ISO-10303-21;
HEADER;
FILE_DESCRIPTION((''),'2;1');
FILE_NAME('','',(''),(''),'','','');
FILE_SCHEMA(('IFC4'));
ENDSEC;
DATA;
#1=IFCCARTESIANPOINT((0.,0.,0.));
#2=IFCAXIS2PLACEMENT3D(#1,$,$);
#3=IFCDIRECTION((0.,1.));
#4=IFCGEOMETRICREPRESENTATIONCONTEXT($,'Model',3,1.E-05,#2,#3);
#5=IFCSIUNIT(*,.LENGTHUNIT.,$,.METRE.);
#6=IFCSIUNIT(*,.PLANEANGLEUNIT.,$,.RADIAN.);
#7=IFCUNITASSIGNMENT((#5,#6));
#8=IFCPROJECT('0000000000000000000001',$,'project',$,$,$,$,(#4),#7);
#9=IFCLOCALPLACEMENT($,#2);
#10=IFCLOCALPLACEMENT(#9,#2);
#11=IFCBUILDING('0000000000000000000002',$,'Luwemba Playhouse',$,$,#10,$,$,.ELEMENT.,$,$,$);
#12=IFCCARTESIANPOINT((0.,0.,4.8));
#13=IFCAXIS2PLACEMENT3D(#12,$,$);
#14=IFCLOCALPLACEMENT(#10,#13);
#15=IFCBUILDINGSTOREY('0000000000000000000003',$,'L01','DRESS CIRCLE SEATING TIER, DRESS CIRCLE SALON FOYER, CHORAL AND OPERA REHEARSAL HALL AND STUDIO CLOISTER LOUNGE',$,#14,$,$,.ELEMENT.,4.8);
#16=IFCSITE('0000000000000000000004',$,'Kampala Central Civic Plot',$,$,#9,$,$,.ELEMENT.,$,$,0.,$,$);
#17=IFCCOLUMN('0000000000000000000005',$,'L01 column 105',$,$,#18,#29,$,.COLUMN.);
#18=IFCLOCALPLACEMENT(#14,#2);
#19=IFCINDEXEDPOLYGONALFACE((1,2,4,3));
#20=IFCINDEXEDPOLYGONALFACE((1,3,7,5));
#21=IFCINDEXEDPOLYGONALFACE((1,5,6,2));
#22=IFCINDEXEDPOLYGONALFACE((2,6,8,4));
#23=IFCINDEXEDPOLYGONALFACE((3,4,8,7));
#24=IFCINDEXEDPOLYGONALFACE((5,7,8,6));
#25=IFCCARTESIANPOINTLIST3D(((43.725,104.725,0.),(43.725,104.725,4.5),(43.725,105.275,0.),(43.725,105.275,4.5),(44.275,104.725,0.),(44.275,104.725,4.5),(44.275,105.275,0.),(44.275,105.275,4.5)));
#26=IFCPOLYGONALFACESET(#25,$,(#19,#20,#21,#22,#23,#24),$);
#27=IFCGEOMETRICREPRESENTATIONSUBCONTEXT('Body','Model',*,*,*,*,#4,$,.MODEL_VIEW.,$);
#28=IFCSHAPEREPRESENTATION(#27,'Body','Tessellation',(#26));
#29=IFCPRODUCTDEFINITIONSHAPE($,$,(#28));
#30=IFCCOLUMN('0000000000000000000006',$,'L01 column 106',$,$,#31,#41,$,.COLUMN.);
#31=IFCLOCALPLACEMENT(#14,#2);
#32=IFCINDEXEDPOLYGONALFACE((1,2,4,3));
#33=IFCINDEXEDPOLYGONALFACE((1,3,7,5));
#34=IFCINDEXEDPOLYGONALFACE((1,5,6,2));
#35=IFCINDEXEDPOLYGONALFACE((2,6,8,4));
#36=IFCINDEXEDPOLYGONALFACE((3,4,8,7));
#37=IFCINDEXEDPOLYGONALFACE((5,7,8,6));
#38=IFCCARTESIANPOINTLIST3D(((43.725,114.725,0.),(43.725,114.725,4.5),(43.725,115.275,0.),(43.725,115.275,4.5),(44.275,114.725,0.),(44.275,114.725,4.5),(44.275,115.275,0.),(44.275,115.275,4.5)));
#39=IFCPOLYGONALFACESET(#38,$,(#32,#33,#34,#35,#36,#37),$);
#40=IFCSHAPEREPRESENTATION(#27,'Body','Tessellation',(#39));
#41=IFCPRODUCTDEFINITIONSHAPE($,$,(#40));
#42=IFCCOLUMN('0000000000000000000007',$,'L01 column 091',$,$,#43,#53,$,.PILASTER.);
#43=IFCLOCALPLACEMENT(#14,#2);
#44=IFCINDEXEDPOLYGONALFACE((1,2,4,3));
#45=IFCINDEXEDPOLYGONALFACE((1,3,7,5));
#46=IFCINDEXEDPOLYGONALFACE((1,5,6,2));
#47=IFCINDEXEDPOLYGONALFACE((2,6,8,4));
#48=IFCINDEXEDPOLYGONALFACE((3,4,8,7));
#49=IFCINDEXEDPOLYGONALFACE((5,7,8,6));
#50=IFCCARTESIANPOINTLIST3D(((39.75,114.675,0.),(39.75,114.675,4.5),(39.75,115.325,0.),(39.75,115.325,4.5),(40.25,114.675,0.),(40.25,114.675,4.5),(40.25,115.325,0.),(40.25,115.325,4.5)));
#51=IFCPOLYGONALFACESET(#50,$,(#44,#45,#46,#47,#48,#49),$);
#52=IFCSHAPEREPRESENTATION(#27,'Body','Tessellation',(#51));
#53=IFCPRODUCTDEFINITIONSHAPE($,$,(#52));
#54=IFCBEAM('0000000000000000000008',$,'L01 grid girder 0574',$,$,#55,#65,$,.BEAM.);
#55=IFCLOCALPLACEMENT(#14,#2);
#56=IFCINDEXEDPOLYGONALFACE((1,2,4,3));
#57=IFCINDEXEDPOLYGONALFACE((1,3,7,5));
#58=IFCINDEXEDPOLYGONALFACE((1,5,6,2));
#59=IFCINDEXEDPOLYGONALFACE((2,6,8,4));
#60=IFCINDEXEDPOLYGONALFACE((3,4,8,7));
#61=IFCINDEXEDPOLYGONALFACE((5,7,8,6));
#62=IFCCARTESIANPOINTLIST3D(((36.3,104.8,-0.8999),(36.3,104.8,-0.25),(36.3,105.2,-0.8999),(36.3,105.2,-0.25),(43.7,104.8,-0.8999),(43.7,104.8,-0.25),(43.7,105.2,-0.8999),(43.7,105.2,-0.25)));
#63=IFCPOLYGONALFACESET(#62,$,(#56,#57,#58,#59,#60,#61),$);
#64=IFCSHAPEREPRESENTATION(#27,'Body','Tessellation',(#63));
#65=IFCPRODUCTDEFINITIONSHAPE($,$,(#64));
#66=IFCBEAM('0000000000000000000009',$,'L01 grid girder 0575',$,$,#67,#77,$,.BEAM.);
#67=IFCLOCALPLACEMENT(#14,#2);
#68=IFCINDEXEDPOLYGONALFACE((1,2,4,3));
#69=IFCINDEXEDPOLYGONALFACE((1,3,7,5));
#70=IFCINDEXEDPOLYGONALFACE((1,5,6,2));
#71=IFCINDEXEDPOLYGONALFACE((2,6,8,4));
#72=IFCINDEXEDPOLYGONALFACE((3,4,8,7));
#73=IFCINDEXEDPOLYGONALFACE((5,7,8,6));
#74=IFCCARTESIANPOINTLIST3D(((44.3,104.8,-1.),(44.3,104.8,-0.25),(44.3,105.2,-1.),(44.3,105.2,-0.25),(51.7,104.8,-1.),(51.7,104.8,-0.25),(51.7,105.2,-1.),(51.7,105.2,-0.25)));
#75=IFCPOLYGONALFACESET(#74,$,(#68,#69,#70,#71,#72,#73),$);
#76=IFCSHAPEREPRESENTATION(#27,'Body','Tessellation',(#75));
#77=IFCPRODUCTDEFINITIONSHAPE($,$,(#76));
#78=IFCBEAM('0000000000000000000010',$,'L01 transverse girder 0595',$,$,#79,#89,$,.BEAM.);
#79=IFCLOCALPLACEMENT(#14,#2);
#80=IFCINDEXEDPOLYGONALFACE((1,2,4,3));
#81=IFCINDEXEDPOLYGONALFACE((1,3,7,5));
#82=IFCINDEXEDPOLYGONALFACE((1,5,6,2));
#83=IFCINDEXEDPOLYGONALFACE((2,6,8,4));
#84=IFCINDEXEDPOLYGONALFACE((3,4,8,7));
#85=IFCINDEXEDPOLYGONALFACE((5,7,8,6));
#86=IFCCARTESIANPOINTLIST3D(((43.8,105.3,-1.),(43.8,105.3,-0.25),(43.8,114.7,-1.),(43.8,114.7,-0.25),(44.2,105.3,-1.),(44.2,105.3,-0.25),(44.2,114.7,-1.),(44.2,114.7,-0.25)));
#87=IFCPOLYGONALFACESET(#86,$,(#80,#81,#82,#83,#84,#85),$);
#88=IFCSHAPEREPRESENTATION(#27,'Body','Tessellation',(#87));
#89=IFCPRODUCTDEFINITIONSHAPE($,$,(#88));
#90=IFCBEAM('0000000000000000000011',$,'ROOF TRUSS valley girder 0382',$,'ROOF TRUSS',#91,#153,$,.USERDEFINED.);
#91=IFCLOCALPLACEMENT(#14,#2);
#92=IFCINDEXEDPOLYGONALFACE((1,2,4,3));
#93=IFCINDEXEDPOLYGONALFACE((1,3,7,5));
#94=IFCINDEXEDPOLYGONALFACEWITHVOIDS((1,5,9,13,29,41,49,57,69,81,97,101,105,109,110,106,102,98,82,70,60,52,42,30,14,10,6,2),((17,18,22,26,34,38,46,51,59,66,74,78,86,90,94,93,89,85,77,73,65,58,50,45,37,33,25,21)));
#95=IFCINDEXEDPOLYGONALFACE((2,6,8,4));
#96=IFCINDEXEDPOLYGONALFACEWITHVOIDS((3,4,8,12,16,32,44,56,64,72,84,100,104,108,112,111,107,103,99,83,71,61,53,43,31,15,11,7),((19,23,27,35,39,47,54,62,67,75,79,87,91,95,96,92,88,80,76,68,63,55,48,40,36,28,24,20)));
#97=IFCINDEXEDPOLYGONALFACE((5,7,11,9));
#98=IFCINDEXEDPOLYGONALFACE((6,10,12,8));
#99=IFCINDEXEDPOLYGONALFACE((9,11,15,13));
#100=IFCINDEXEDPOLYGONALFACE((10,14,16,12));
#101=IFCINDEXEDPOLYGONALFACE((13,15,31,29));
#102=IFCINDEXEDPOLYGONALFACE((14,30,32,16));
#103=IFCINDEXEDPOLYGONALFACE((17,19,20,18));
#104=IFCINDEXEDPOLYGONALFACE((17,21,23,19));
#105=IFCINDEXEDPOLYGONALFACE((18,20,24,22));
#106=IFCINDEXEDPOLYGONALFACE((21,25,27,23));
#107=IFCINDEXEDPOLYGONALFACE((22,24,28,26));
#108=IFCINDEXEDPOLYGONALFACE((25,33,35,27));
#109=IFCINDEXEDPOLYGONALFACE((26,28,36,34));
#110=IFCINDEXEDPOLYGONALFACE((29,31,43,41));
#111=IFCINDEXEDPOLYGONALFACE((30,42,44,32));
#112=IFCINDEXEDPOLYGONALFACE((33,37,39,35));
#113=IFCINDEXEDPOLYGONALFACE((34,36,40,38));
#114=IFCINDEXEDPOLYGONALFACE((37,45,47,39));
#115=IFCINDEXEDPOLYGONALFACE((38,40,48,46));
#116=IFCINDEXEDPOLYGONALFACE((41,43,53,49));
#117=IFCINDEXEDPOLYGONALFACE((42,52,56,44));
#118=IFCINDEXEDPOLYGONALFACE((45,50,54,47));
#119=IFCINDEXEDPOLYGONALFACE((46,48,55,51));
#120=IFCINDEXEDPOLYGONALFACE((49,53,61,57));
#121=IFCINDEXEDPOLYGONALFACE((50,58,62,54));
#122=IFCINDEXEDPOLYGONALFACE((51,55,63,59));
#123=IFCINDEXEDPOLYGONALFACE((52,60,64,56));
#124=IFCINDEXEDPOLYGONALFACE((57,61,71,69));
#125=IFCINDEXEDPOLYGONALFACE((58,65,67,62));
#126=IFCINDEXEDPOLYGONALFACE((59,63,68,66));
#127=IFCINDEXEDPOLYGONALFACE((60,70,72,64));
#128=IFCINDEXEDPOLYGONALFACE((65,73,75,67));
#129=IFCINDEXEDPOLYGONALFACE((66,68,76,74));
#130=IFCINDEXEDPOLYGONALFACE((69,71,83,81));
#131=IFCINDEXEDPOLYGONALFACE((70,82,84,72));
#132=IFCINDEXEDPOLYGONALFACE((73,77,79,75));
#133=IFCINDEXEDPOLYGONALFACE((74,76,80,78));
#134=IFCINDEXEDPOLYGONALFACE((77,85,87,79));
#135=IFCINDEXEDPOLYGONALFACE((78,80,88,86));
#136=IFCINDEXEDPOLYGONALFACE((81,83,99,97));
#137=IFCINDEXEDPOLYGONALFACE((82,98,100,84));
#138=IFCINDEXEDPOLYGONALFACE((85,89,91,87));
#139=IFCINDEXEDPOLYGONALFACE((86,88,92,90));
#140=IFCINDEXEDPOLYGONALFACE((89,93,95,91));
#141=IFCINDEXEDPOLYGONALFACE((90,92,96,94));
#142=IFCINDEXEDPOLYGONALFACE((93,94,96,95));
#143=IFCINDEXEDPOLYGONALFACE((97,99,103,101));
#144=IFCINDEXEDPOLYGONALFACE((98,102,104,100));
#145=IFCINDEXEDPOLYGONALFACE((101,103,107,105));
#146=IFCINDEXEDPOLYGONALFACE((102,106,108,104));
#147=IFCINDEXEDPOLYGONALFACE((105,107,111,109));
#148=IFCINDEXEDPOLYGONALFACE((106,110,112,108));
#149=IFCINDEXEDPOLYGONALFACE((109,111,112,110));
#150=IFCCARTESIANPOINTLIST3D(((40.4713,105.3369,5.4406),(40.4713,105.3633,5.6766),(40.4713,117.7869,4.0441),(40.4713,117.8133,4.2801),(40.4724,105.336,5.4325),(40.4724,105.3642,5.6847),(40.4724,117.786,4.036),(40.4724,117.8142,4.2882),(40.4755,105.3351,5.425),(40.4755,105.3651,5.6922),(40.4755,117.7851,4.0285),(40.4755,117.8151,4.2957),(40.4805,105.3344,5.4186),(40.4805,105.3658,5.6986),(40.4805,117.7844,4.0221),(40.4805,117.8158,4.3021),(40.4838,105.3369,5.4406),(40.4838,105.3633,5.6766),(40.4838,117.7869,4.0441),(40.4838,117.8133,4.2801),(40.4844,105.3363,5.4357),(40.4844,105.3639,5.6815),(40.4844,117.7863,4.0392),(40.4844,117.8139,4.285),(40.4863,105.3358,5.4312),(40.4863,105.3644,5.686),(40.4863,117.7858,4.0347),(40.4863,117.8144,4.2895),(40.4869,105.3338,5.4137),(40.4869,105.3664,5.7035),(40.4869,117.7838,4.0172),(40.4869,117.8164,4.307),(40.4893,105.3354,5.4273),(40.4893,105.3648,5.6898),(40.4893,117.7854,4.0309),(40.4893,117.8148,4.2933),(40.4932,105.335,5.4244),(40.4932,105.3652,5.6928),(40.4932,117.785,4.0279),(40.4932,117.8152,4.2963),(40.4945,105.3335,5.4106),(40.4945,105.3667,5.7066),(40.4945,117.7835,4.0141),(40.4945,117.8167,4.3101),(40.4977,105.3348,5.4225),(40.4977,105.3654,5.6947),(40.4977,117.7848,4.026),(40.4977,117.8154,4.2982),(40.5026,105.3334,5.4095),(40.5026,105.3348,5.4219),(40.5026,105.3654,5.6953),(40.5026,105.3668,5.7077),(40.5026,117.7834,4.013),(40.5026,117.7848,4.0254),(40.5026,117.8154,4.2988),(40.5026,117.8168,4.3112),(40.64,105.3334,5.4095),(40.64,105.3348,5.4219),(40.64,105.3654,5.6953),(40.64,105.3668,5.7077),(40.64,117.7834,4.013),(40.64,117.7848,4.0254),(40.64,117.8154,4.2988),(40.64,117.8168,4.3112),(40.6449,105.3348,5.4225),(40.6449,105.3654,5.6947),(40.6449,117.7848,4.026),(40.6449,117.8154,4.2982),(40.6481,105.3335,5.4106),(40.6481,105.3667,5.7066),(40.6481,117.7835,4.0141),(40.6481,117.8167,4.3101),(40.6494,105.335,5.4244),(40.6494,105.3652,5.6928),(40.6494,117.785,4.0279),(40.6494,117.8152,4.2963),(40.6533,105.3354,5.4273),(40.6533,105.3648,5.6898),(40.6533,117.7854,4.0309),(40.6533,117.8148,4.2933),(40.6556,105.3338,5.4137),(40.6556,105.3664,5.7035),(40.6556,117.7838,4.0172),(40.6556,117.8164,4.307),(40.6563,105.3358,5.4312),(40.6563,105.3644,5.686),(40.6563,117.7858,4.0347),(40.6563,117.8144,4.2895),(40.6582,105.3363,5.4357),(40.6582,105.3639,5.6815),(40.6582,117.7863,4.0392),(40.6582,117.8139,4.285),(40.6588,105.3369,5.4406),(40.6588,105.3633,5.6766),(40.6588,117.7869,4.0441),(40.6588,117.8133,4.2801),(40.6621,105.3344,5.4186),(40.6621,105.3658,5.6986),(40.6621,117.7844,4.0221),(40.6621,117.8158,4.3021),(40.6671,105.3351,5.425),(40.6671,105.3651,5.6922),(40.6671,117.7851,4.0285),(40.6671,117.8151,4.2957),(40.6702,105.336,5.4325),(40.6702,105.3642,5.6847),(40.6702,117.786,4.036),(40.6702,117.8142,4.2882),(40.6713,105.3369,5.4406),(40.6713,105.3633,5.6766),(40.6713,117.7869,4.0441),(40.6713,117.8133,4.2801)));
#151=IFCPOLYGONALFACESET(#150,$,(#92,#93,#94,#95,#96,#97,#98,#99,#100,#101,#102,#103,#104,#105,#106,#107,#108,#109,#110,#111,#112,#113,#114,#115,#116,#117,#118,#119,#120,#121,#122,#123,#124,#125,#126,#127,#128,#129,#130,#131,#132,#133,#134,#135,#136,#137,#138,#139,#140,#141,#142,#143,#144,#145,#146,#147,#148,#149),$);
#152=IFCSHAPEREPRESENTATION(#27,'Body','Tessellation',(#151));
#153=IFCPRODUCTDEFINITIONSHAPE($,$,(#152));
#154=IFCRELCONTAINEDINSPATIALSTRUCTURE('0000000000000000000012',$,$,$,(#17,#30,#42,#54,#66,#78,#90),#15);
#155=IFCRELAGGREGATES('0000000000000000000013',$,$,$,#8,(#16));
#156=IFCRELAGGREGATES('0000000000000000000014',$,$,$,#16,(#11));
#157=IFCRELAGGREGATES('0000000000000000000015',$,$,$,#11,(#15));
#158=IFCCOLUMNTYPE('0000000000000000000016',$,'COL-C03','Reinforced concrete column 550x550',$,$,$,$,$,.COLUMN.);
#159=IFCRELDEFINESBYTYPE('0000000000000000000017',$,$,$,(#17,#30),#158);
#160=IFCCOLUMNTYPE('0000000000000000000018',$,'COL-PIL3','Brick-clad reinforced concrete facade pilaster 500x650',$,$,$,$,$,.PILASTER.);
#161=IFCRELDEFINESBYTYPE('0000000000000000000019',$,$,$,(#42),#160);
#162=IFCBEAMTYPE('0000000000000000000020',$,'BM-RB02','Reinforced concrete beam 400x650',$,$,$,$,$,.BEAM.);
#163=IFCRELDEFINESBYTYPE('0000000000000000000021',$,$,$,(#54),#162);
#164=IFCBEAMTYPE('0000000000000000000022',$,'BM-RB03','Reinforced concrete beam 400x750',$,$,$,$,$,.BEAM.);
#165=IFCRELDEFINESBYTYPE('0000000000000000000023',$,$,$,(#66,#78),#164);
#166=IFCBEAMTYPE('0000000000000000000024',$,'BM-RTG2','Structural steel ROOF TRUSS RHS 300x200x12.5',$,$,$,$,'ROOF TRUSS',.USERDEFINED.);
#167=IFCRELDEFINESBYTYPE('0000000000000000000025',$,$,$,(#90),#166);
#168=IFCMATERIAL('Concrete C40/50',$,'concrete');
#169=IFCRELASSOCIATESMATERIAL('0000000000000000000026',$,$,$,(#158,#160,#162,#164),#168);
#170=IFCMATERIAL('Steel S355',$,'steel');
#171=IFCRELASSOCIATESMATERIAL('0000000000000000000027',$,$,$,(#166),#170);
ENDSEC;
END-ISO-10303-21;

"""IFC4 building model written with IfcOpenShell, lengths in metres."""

from ifc_helpers import new_model, si_unit, direction, frame, origin, origin_2d, place, context, subcontext, project, spatial, rectangle, hollow_rectangle, extrude, material, material_profile, profile_set, type_object, element, save


model = new_model("IFC4")

# Units and contexts
model_context = context("Model", 3, precision=1e-05, world=origin(), true_north=direction((0.0, 1.0)))
body_context = subcontext(model_context, "Body", "Model", "MODEL_VIEW")
ifc_project = project(units=[si_unit("LENGTHUNIT", "METRE"), si_unit("PLANEANGLEUNIT", "RADIAN")], contexts=[model_context])

# Site, building, storey
site_placement = place(None, origin())
site = spatial("IfcSite", under=ifc_project, at=site_placement, Name="Kampala Central Civic Plot", CompositionType="ELEMENT", RefElevation=0.0)
building_placement = place(site_placement, origin())
building = spatial("IfcBuilding", under=site, at=building_placement, Name="Luwemba Playhouse", CompositionType="ELEMENT")
storey_placement = place(building_placement, frame((0.0, 0.0, 4.8)))
storey = spatial("IfcBuildingStorey", under=building, at=storey_placement, Name="L01", Description="DRESS CIRCLE SEATING TIER, DRESS CIRCLE SALON FOYER, CHORAL AND OPERA REHEARSAL HALL AND STUDIO CLOISTER LOUNGE", CompositionType="ELEMENT", Elevation=4.8)

# Columns
ifc_material_1 = material(Name="Concrete C40/50", Category="concrete")
ifc_material_profile_1 = material_profile(ifc_material_1, rectangle(XDim=0.55, YDim=0.55, at=origin_2d()))
ifc_profile_set_1 = profile_set([ifc_material_profile_1], Name="Concrete C40/50")
column_type_1 = type_object("IfcColumnType", Name="COL-C03", Description="Reinforced concrete column 550x550", PredefinedType="COLUMN", material=ifc_profile_set_1)
for number, where, z_axis, x_axis, name in (
    (1, (44.0, 105.0, 0.0), (0.0, 0.0, 1.0), (1.0, 0.0, 0.0), "L01 column 105"),
    (2, (44.0, 115.0, 0.0), (0.0, 0.0, 1.0), (1.0, 0.0, 0.0), "L01 column 106"),
):
    element("IfcColumn", number, at=place(storey_placement, frame(where, z_axis=z_axis, x_axis=x_axis)), inside=storey, type_object=column_type_1, Name=name, PredefinedType="COLUMN", context=body_context, shape_type="SweptSolid", body=[
        extrude(rectangle(XDim=0.55, YDim=0.55, at=origin_2d()), origin(), (0.0, 0.0, 1.0), 4.5),
    ])
ifc_material_profile_2 = material_profile(ifc_material_1, rectangle(XDim=0.5, YDim=0.6499, at=origin_2d()))
ifc_profile_set_2 = profile_set([ifc_material_profile_2], Name="Concrete C40/50")
column_type_2 = type_object("IfcColumnType", Name="COL-PIL3", Description="Brick-clad reinforced concrete facade pilaster 500x650", PredefinedType="PILASTER", material=ifc_profile_set_2)
column_placement = place(storey_placement, frame((40.0, 115.0, 0.0), z_axis=(0.0, 0.0, 1.0), x_axis=(1.0, 0.0, 0.0)))
element("IfcColumn", 3, at=column_placement, inside=storey, type_object=column_type_2, Name="L01 column 091", PredefinedType="PILASTER", context=body_context, shape_type="SweptSolid", body=[
    extrude(rectangle(XDim=0.5, YDim=0.6499, at=origin_2d()), origin(), (0.0, 0.0, 1.0), 4.5),
])

# Beams
ifc_material_profile_3 = material_profile(ifc_material_1, rectangle(XDim=0.3999, YDim=0.6499, at=origin_2d()))
ifc_profile_set_3 = profile_set([ifc_material_profile_3], Name="Concrete C40/50")
beam_type_1 = type_object("IfcBeamType", Name="BM-RB02", Description="Reinforced concrete beam 400x650", PredefinedType="BEAM", material=ifc_profile_set_3)
beam_1_placement = place(storey_placement, frame((36.3, 105.0, -0.575), z_axis=(1.0, 0.0, 0.0), x_axis=(0.0, 1.0, 0.0)))
element("IfcBeam", 4, at=beam_1_placement, inside=storey, type_object=beam_type_1, Name="L01 grid girder 0574", PredefinedType="BEAM", context=body_context, shape_type="SweptSolid", body=[
    extrude(rectangle(XDim=0.3999, YDim=0.6499, at=origin_2d()), origin(), (0.0, 0.0, 1.0), 7.3999),
])
ifc_material_profile_4 = material_profile(ifc_material_1, rectangle(XDim=0.3999, YDim=0.75, at=origin_2d()))
ifc_profile_set_4 = profile_set([ifc_material_profile_4], Name="Concrete C40/50")
beam_type_2 = type_object("IfcBeamType", Name="BM-RB03", Description="Reinforced concrete beam 400x750", PredefinedType="BEAM", material=ifc_profile_set_4)
beam_2_placement = place(storey_placement, frame((44.3, 105.0, -0.625), z_axis=(1.0, 0.0, 0.0), x_axis=(0.0, 1.0, 0.0)))
element("IfcBeam", 5, at=beam_2_placement, inside=storey, type_object=beam_type_2, Name="L01 grid girder 0575", PredefinedType="BEAM", context=body_context, shape_type="SweptSolid", body=[
    extrude(rectangle(XDim=0.3999, YDim=0.75, at=origin_2d()), origin(), (0.0, 0.0, 1.0), 7.3999),
])
beam_3_placement = place(storey_placement, frame((44.0, 105.3, -0.625), z_axis=(0.0, 1.0, 0.0), x_axis=(-1.0, 0.0, 0.0)))
element("IfcBeam", 6, at=beam_3_placement, inside=storey, type_object=beam_type_2, Name="L01 transverse girder 0595", PredefinedType="BEAM", context=body_context, shape_type="SweptSolid", body=[
    extrude(rectangle(XDim=0.3999, YDim=0.75, at=origin_2d()), origin(), (0.0, 0.0, 1.0), 9.3999),
])
ifc_material_2 = material(Name="Steel S355", Category="steel")
ifc_material_profile_5 = material_profile(ifc_material_2, hollow_rectangle(XDim=0.2, YDim=0.3, WallThickness=0.0125, InnerFilletRadius=0.0188, OuterFilletRadius=0.0312, at=origin_2d()))
ifc_profile_set_5 = profile_set([ifc_material_profile_5], Name="Steel S355")
beam_type_3 = type_object("IfcBeamType", Name="BM-RTG2", Description="Structural steel ROOF TRUSS RHS 300x200x12.5", ElementType="ROOF TRUSS", PredefinedType="USERDEFINED", material=ifc_profile_set_5)
beam_4_placement = place(storey_placement, frame((40.5713, 105.3501, 5.5586), z_axis=(0.0, 0.993768, -0.111469), x_axis=(-1.0, 0.0, 0.0)))
element("IfcBeam", 7, at=beam_4_placement, inside=storey, type_object=beam_type_3, Name="ROOF TRUSS valley girder 0382", ObjectType="ROOF TRUSS", PredefinedType="USERDEFINED", context=body_context, shape_type="SweptSolid", body=[
    extrude(hollow_rectangle(XDim=0.2, YDim=0.3, WallThickness=0.0125, InnerFilletRadius=0.0188, OuterFilletRadius=0.0312, at=origin_2d()), origin(), (0.0, 0.0, 1.0), 12.5281),
])

save(model, "model.ifc")
